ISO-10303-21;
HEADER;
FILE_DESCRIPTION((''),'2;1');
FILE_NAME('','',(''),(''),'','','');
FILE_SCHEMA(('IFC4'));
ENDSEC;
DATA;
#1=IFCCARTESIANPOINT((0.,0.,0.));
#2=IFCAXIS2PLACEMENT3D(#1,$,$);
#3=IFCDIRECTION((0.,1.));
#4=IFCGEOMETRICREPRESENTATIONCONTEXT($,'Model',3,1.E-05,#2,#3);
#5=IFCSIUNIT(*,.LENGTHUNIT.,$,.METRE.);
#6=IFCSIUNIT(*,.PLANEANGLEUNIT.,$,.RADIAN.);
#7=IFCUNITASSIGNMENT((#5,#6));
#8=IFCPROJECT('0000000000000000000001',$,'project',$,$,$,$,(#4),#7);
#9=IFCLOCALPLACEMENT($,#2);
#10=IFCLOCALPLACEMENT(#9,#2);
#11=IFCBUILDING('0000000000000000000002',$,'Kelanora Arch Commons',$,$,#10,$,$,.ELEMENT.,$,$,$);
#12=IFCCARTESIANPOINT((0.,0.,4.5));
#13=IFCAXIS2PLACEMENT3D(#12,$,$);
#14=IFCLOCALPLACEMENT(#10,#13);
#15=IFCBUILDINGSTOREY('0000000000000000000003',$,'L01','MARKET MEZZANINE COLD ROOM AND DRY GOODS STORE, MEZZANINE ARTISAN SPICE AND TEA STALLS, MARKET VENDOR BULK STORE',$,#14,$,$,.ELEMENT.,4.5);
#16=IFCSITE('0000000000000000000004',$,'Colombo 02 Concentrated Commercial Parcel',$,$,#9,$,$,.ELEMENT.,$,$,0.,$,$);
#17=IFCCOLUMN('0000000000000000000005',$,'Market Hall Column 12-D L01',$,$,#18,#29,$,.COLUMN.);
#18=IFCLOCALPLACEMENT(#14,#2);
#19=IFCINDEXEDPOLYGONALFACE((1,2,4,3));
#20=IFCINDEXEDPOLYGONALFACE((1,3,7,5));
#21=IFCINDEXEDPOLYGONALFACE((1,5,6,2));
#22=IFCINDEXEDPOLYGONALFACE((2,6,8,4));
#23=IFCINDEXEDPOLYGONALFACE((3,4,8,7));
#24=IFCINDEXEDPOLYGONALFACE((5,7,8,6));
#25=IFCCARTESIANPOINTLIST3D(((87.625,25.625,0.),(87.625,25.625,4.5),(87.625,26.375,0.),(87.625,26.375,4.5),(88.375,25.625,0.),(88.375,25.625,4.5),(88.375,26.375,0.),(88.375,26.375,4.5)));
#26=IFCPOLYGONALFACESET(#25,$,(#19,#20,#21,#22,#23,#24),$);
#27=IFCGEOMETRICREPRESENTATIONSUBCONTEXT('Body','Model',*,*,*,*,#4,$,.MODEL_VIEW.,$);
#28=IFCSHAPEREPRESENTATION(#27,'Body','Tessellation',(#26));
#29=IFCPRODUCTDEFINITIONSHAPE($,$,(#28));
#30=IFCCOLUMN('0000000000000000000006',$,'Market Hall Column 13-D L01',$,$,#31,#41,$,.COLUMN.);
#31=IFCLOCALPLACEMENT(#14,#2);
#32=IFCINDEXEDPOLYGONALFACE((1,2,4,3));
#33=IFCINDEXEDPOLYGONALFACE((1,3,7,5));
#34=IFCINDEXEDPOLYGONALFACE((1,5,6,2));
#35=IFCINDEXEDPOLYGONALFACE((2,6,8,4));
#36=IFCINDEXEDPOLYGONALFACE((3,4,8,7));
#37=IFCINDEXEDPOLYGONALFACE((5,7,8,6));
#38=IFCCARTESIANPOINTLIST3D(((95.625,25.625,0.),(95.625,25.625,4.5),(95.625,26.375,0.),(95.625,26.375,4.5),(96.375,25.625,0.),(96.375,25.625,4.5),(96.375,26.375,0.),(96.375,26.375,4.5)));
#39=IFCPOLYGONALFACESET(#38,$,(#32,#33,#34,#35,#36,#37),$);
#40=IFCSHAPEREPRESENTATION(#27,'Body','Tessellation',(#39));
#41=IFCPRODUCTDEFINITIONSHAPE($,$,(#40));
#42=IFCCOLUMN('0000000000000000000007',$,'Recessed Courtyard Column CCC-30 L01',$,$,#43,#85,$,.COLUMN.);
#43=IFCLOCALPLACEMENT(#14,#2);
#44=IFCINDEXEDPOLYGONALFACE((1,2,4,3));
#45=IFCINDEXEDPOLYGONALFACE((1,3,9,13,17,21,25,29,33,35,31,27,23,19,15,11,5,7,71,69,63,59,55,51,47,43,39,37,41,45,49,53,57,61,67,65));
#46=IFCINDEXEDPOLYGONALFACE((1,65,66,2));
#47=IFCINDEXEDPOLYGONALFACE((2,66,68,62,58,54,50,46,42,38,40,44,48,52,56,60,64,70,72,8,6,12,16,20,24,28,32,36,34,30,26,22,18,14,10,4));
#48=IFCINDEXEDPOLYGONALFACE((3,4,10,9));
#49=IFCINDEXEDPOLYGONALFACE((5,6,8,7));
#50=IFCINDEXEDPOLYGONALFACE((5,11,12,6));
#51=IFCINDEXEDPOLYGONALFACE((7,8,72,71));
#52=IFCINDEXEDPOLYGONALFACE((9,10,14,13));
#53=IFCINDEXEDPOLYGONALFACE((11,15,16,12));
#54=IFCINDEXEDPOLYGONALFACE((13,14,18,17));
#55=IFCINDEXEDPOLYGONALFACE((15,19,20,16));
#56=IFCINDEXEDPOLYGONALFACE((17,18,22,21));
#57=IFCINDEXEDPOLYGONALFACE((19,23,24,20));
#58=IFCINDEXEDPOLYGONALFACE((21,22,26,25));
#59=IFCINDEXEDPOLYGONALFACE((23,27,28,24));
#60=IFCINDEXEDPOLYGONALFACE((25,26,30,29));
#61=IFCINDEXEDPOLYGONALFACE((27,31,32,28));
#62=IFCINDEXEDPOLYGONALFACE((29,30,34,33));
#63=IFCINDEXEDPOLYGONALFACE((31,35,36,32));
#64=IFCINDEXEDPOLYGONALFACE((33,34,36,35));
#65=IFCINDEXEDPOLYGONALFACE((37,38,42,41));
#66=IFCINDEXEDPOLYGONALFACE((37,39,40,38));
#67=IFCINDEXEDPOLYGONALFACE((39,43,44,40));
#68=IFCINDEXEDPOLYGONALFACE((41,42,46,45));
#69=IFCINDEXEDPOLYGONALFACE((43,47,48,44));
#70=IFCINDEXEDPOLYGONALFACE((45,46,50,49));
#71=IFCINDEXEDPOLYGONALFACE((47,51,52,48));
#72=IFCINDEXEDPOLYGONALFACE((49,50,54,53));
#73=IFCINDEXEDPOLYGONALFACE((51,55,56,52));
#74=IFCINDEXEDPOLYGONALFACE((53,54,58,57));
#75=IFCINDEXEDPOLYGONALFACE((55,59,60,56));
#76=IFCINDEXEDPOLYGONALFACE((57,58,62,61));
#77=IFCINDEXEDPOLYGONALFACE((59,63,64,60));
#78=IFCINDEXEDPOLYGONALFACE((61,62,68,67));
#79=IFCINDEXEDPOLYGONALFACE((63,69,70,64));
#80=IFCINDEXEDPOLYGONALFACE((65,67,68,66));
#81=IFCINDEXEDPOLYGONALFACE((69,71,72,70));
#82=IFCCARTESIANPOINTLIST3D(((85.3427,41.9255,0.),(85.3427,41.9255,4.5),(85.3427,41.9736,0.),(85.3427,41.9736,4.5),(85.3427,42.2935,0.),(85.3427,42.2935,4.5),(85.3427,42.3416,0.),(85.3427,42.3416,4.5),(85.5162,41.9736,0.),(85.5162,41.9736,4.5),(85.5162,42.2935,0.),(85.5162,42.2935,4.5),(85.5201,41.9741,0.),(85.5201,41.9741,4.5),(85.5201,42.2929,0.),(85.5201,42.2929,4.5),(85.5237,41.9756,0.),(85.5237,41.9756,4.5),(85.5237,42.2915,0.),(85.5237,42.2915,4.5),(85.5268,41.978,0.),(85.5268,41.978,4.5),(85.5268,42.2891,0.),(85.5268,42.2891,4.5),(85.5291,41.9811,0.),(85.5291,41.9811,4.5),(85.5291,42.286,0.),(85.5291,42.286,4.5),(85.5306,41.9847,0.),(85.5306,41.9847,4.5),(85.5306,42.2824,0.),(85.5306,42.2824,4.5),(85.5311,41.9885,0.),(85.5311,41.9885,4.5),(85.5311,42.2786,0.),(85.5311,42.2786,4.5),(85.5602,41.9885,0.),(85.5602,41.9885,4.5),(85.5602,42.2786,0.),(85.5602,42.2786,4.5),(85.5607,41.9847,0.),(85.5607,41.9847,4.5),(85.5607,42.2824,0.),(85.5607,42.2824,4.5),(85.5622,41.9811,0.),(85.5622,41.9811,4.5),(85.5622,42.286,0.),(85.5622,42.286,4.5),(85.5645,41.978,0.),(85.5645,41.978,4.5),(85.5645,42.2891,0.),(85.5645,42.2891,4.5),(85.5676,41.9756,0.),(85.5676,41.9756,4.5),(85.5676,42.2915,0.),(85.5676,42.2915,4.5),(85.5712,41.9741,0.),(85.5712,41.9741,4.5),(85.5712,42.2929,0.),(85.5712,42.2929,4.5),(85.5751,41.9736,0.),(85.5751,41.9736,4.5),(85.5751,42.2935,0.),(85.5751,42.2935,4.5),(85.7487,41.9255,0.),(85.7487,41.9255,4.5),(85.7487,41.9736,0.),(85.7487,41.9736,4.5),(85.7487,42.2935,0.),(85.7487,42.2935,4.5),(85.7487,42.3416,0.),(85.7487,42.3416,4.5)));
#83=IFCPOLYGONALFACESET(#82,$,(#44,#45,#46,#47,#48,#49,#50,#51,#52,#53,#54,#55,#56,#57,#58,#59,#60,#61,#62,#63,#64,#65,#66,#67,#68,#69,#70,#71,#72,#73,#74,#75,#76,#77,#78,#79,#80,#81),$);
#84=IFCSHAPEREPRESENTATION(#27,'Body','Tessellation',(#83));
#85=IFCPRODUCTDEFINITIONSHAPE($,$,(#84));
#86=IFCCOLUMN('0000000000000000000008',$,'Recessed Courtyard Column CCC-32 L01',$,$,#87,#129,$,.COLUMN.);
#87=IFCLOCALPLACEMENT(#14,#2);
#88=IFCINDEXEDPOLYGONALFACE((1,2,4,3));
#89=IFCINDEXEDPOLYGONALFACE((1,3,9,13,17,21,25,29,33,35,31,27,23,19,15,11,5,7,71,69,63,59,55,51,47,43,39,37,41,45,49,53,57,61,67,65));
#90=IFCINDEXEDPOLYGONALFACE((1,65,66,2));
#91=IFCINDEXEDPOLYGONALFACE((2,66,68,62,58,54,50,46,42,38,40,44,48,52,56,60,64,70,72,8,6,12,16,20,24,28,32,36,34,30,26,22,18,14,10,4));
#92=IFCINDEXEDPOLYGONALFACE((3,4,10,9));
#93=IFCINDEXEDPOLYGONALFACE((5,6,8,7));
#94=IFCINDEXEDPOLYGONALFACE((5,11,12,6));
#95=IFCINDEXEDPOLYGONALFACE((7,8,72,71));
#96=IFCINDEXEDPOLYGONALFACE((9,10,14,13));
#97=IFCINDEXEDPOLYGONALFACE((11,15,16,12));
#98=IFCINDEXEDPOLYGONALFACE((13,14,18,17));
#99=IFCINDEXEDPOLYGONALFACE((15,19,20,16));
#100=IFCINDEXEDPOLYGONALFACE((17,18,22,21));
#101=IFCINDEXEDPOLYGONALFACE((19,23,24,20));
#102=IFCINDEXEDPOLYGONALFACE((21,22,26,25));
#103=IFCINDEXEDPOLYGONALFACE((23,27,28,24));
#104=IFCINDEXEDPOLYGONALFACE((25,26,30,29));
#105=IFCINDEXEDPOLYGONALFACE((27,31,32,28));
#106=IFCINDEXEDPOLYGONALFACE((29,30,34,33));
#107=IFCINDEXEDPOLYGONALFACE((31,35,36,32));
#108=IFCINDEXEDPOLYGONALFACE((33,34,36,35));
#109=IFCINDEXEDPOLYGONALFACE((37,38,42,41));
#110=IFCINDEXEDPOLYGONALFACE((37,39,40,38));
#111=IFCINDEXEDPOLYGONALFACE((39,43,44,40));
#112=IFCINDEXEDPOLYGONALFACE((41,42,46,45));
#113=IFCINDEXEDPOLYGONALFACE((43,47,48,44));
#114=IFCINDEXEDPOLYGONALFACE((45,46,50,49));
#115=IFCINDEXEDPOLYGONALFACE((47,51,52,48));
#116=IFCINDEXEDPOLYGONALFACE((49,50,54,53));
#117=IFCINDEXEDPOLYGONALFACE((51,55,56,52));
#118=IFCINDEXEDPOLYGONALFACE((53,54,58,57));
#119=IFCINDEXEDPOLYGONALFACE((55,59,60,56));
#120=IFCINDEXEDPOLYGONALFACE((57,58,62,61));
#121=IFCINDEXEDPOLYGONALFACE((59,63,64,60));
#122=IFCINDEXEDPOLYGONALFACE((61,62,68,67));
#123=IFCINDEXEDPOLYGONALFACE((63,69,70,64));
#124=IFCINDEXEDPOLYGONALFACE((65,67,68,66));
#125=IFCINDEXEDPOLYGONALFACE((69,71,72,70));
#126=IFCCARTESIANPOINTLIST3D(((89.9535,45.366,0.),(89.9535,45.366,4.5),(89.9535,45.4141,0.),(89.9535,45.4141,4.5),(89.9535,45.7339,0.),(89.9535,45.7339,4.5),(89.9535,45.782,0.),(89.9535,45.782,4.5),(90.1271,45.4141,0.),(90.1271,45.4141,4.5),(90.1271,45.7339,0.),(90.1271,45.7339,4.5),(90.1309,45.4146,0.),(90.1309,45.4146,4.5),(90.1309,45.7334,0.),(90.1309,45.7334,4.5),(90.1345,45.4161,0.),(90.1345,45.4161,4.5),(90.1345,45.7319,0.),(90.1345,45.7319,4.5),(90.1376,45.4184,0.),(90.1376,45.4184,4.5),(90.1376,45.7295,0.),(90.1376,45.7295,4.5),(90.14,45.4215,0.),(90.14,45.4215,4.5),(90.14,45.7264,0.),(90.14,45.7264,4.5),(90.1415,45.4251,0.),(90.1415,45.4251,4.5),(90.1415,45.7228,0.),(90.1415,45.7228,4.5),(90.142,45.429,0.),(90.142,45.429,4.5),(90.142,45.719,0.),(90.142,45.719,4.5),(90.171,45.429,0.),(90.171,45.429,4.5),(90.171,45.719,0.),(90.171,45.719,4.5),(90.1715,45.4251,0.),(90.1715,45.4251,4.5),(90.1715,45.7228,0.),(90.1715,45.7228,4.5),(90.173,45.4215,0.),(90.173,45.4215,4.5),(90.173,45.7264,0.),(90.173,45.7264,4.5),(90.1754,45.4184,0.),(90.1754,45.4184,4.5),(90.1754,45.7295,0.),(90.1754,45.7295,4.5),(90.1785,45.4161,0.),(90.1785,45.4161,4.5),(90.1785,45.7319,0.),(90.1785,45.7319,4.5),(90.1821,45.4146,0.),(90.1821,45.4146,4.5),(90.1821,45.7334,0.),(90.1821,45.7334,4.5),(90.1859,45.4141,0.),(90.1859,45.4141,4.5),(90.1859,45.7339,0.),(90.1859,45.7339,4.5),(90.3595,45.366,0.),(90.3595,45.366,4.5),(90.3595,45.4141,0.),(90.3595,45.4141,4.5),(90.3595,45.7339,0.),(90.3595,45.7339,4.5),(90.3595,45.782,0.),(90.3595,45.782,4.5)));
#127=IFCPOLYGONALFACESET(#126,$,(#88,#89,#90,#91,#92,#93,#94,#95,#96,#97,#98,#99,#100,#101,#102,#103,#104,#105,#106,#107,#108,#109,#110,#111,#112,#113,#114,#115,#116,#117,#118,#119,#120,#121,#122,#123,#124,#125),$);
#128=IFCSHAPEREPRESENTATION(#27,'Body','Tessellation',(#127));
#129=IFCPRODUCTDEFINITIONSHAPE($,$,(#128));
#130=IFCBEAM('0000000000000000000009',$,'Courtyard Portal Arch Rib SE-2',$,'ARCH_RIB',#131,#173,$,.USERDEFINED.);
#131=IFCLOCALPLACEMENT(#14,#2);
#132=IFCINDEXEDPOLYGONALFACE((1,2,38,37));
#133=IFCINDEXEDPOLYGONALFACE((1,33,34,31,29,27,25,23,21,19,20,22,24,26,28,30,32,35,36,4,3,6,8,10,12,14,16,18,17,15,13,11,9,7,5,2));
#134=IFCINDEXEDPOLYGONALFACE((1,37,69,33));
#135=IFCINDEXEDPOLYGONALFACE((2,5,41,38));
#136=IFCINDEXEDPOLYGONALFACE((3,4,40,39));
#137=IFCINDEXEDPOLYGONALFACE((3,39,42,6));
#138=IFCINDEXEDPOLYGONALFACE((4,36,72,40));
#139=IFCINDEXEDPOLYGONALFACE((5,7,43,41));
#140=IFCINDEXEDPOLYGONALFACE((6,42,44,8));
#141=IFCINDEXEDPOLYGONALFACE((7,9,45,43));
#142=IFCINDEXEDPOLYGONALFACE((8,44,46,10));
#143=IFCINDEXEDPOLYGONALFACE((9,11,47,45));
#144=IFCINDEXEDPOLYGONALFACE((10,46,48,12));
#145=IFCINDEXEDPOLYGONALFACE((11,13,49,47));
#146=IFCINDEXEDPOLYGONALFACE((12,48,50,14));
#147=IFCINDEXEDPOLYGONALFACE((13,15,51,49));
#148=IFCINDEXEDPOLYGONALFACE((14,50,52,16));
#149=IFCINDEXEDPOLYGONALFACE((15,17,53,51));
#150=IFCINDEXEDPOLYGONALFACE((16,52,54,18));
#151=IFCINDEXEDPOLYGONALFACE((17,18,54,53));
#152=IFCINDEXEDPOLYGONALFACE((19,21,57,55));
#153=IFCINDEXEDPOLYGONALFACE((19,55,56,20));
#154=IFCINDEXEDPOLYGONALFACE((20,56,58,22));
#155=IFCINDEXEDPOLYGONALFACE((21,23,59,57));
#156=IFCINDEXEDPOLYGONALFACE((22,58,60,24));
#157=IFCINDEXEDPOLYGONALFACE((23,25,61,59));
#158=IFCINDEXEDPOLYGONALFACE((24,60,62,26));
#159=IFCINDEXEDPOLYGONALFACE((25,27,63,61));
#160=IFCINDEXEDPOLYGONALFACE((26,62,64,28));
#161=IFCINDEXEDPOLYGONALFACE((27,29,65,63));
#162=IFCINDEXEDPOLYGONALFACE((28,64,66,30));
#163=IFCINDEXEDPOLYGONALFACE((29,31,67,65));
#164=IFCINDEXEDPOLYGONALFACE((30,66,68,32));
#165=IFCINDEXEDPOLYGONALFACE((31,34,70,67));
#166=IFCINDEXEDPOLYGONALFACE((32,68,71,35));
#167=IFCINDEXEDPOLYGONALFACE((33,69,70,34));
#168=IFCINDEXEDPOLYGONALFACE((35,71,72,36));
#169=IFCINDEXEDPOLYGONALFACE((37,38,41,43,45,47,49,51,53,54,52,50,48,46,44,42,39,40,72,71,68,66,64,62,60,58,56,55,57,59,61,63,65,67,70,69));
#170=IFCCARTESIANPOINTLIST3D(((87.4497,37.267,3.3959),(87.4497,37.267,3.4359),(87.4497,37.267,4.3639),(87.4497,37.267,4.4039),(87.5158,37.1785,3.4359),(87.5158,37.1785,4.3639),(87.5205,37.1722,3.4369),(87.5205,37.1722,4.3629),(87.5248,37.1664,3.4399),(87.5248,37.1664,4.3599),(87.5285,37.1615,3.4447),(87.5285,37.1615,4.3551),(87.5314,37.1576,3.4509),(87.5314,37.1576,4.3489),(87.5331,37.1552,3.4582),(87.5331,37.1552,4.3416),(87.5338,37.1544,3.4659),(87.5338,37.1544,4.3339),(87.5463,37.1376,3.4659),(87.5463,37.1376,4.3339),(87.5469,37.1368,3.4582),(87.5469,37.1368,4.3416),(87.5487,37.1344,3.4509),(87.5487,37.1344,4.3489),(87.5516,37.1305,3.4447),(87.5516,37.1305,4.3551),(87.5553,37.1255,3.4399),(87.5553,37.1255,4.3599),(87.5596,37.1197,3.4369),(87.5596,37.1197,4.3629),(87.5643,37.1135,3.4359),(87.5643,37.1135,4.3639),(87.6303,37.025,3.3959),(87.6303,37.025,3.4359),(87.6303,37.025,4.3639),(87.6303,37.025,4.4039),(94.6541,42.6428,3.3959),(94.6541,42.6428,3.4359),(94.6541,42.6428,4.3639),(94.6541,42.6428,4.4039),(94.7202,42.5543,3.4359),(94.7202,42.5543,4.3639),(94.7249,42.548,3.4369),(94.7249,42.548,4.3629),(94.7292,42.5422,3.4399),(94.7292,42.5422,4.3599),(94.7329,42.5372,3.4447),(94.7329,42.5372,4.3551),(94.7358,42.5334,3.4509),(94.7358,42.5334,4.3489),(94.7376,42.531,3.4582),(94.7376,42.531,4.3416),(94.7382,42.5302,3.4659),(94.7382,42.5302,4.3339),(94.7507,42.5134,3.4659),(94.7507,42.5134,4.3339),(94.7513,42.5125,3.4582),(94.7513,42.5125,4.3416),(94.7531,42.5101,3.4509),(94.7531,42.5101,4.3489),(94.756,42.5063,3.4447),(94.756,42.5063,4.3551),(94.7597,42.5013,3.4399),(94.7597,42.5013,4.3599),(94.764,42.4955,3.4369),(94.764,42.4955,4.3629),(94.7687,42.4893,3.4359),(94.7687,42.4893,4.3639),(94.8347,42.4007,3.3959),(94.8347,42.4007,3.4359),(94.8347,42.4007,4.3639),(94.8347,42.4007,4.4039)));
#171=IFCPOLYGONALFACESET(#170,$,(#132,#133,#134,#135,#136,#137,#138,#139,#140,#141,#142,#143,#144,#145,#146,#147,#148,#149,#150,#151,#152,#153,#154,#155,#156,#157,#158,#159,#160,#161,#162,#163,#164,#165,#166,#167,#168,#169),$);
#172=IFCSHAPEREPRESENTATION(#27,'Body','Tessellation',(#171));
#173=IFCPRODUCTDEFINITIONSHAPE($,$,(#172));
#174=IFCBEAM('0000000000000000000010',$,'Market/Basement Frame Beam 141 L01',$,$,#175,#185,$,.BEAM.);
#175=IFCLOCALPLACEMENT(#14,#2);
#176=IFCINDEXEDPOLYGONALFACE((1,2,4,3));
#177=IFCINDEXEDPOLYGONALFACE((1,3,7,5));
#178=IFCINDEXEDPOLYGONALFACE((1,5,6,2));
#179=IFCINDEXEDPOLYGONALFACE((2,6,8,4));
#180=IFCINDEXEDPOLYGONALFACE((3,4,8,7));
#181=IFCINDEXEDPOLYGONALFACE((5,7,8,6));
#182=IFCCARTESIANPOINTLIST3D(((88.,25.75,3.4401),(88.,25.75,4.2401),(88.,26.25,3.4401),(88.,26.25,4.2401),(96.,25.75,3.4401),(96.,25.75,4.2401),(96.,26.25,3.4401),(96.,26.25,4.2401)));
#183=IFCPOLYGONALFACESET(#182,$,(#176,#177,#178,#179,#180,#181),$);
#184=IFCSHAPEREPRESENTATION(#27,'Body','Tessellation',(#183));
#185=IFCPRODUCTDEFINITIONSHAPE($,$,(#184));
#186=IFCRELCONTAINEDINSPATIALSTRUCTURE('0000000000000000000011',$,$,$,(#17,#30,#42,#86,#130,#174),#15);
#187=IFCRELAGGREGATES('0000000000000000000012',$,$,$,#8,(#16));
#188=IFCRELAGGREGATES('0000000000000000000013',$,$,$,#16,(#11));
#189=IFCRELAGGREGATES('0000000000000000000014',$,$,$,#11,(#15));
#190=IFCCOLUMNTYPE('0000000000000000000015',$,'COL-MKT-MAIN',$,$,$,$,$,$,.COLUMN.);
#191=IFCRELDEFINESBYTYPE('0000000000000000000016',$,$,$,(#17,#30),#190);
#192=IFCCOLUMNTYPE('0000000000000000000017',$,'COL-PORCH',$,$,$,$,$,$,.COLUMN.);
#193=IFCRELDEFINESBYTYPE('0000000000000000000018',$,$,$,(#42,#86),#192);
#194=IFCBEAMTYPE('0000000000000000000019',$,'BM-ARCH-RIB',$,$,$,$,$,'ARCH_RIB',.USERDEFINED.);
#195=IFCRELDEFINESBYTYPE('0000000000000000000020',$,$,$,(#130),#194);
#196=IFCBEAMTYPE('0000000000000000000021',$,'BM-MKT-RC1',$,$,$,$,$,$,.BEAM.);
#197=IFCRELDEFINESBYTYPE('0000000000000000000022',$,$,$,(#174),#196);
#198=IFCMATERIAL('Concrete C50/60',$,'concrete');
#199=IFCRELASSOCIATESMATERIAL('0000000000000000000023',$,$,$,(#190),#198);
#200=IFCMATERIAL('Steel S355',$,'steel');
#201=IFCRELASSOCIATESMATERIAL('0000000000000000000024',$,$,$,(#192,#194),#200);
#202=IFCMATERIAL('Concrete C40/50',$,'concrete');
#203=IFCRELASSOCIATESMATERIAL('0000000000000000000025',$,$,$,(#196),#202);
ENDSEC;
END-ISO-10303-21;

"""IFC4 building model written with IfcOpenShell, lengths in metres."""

from ifc_helpers import new_model, si_unit, direction, frame, origin, origin_2d, place, context, subcontext, project, spatial, rectangle, i_section, extrude, material, material_profile, profile_set, type_object, element, save


model = new_model("IFC4")

# Units and contexts
model_context = context("Model", 3, precision=1e-05, world=origin(), true_north=direction((0.0, 1.0)))
body_context = subcontext(model_context, "Body", "Model", "MODEL_VIEW")
ifc_project = project(units=[si_unit("LENGTHUNIT", "METRE"), si_unit("PLANEANGLEUNIT", "RADIAN")], contexts=[model_context])

# Site, building, storey
site_placement = place(None, origin())
site = spatial("IfcSite", under=ifc_project, at=site_placement, Name="Colombo 02 Concentrated Commercial Parcel", CompositionType="ELEMENT", RefElevation=0.0)
building_placement = place(site_placement, origin())
building = spatial("IfcBuilding", under=site, at=building_placement, Name="Kelanora Arch Commons", CompositionType="ELEMENT")
storey_placement = place(building_placement, frame((0.0, 0.0, 4.5)))
storey = spatial("IfcBuildingStorey", under=building, at=storey_placement, Name="L01", Description="MARKET MEZZANINE COLD ROOM AND DRY GOODS STORE, MEZZANINE ARTISAN SPICE AND TEA STALLS, MARKET VENDOR BULK STORE", CompositionType="ELEMENT", Elevation=4.5)

# Columns
ifc_material_1 = material(Name="Concrete C50/60", Category="concrete")
ifc_material_profile_1 = material_profile(ifc_material_1, rectangle(XDim=0.75, YDim=0.75, at=origin_2d()), Name="RC750x750")
ifc_profile_set_1 = profile_set([ifc_material_profile_1], Name="Concrete C50/60")
column_type_1 = type_object("IfcColumnType", Name="COL-MKT-MAIN", PredefinedType="COLUMN", material=ifc_profile_set_1)
for number, where, z_axis, x_axis, name in (
    (1, (88.0, 26.0, 0.0), (0.0, 0.0, 1.0), (1.0, 0.0, 0.0), "Market Hall Column 12-D L01"),
    (2, (96.0, 26.0, 0.0), (0.0, 0.0, 1.0), (1.0, 0.0, 0.0), "Market Hall Column 13-D L01"),
):
    element("IfcColumn", number, at=place(storey_placement, frame(where, z_axis=z_axis, x_axis=x_axis)), inside=storey, type_object=column_type_1, Name=name, PredefinedType="COLUMN", context=body_context, shape_type="SweptSolid", body=[
        extrude(rectangle(XDim=0.75, YDim=0.75, at=origin_2d()), origin(), (0.0, 0.0, 1.0), 4.5),
    ])
ifc_material_2 = material(Name="Steel S355", Category="steel")
ifc_material_profile_2 = material_profile(ifc_material_2, i_section(OverallWidth=0.406, OverallDepth=0.416, WebThickness=0.0291, FlangeThickness=0.0481, FilletRadius=0.0149, at=origin_2d()), Name="HD400x382")
ifc_profile_set_2 = profile_set([ifc_material_profile_2], Name="Steel S355")
column_type_2 = type_object("IfcColumnType", Name="COL-PORCH", PredefinedType="COLUMN", material=ifc_profile_set_2)
for number, where, z_axis, x_axis, name in (
    (3, (85.5457, 42.1335, 0.0), (0.0, 0.0, 1.0), (1.0, 0.0, 0.0), "Recessed Courtyard Column CCC-30 L01"),
    (4, (90.1565, 45.574, 0.0), (0.0, 0.0, 1.0), (1.0, 0.0, 0.0), "Recessed Courtyard Column CCC-32 L01"),
):
    element("IfcColumn", number, at=place(storey_placement, frame(where, z_axis=z_axis, x_axis=x_axis)), inside=storey, type_object=column_type_2, Name=name, PredefinedType="COLUMN", context=body_context, shape_type="SweptSolid", body=[
        extrude(i_section(OverallWidth=0.406, OverallDepth=0.416, WebThickness=0.0291, FlangeThickness=0.0481, FilletRadius=0.0149, at=origin_2d()), origin(), (0.0, 0.0, 1.0), 4.5),
    ])

# Beams
ifc_material_profile_3 = material_profile(ifc_material_2, i_section(OverallWidth=0.302, OverallDepth=1.0081, WebThickness=0.021, FlangeThickness=0.04, FilletRadius=0.03, at=origin_2d()), Name="HEM1000")
ifc_profile_set_3 = profile_set([ifc_material_profile_3], Name="Steel S355")
beam_type_1 = type_object("IfcBeamType", Name="BM-ARCH-RIB", ElementType="ARCH_RIB", PredefinedType="USERDEFINED", material=ifc_profile_set_3)
beam_1_placement = place(storey_placement, frame((87.54, 37.146, 3.8999), z_axis=(0.801468, 0.598038, 0.0), x_axis=(-0.598038, 0.801468, 0.0)))
element("IfcBeam", 5, at=beam_1_placement, inside=storey, type_object=beam_type_1, Name="Courtyard Portal Arch Rib SE-2", ObjectType="ARCH_RIB", PredefinedType="USERDEFINED", context=body_context, shape_type="SweptSolid", body=[
    extrude(i_section(OverallWidth=0.302, OverallDepth=1.0081, WebThickness=0.021, FlangeThickness=0.04, FilletRadius=0.03, at=origin_2d()), origin(), (0.0, 0.0, 1.0), 8.989),
])
ifc_material_3 = material(Name="Concrete C40/50", Category="concrete")
ifc_material_profile_4 = material_profile(ifc_material_3, rectangle(XDim=0.5, YDim=0.8, at=origin_2d()), Name="RCB500x800")
ifc_profile_set_4 = profile_set([ifc_material_profile_4], Name="Concrete C40/50")
beam_type_2 = type_object("IfcBeamType", Name="BM-MKT-RC1", PredefinedType="BEAM", material=ifc_profile_set_4)
beam_2_placement = place(storey_placement, frame((88.0, 26.0, 3.8401), z_axis=(1.0, 0.0, 0.0), x_axis=(0.0, 1.0, 0.0)))
element("IfcBeam", 6, at=beam_2_placement, inside=storey, type_object=beam_type_2, Name="Market/Basement Frame Beam 141 L01", PredefinedType="BEAM", context=body_context, shape_type="SweptSolid", body=[
    extrude(rectangle(XDim=0.5, YDim=0.8, at=origin_2d()), origin(), (0.0, 0.0, 1.0), 8.0),
])

save(model, "model.ifc")
